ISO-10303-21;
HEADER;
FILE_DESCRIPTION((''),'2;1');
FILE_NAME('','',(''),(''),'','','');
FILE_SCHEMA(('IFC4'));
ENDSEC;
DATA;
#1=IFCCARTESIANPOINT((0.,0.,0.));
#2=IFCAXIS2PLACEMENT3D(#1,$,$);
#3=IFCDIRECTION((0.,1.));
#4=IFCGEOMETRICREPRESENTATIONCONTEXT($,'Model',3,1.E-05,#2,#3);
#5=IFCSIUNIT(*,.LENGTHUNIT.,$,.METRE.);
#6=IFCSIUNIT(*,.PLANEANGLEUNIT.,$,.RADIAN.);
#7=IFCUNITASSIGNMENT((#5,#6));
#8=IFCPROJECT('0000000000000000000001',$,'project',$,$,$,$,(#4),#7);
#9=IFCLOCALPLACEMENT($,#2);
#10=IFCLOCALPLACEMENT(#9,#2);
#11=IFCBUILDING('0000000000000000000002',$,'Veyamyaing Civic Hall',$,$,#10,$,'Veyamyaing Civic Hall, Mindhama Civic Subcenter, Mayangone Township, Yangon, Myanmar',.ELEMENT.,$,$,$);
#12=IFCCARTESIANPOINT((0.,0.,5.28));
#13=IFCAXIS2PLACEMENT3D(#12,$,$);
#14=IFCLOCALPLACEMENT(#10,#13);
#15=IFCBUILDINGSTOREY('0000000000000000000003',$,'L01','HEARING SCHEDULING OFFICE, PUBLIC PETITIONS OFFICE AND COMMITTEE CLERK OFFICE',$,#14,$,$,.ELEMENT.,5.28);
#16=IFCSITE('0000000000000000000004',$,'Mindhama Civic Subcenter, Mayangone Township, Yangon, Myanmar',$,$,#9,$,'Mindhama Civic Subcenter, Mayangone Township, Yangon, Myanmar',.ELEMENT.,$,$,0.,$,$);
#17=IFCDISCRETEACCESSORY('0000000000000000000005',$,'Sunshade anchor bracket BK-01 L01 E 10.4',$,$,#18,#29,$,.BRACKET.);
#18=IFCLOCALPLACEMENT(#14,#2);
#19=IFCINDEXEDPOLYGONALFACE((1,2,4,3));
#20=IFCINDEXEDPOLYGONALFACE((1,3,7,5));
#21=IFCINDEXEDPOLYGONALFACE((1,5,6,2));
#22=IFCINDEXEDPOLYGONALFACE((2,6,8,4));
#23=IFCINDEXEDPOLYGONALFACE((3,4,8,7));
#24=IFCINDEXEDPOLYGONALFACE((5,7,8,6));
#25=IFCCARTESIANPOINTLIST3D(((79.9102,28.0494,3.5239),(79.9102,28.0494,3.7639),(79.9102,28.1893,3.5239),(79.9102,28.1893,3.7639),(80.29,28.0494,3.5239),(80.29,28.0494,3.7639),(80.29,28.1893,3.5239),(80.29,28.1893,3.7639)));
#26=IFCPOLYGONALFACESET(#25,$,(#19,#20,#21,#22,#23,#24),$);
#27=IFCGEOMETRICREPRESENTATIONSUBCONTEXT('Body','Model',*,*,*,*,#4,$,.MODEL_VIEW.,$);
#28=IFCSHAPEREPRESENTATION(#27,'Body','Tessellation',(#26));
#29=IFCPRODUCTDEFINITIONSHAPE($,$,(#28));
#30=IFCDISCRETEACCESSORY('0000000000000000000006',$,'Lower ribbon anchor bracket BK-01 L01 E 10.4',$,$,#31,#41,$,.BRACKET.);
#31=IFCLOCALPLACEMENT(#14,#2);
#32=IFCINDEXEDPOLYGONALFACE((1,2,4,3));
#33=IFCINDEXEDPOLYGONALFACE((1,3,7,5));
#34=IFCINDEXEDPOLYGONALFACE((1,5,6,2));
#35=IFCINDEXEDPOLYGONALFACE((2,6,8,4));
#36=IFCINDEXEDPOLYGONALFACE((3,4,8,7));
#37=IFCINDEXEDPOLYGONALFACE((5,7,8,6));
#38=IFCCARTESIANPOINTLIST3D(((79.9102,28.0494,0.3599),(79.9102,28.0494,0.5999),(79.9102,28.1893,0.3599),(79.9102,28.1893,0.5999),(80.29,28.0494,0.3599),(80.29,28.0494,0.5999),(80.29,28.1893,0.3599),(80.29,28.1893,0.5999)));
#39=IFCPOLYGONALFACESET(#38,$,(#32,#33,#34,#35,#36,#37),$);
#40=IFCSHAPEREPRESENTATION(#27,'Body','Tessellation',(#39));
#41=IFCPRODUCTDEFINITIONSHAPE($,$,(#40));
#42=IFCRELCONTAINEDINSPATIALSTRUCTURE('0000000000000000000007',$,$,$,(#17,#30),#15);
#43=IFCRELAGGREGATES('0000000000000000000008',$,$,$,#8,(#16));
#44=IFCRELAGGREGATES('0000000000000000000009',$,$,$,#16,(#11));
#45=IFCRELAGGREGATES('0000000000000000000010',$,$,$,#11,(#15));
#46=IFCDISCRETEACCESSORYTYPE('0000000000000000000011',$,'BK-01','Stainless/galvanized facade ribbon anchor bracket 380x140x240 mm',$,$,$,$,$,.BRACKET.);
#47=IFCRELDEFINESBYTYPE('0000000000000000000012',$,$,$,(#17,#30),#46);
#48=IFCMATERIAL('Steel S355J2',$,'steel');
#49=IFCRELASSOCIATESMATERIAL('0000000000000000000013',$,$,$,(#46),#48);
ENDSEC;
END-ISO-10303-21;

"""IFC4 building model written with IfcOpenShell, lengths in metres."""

from ifc_helpers import new_model, si_unit, direction, frame, origin, origin_2d, place, context, subcontext, project, spatial, rectangle, extrude, material, type_object, element, save


model = new_model("IFC4")

# Units and contexts
model_context = context("Model", 3, precision=1e-05, world=origin(), true_north=direction((0.0, 1.0)))
body_context = subcontext(model_context, "Body", "Model", "MODEL_VIEW")
ifc_project = project(units=[si_unit("LENGTHUNIT", "METRE"), si_unit("PLANEANGLEUNIT", "RADIAN")], contexts=[model_context])

# Site, building, storey
site_placement = place(None, origin())
site = spatial("IfcSite", under=ifc_project, at=site_placement, Name="Mindhama Civic Subcenter, Mayangone Township, Yangon, Myanmar", LongName="Mindhama Civic Subcenter, Mayangone Township, Yangon, Myanmar", CompositionType="ELEMENT", RefElevation=0.0)
building_placement = place(site_placement, origin())
building = spatial("IfcBuilding", under=site, at=building_placement, Name="Veyamyaing Civic Hall", LongName="Veyamyaing Civic Hall, Mindhama Civic Subcenter, Mayangone Township, Yangon, Myanmar", CompositionType="ELEMENT")
storey_placement = place(building_placement, frame((0.0, 0.0, 5.28)))
storey = spatial("IfcBuildingStorey", under=building, at=storey_placement, Name="L01", Description="HEARING SCHEDULING OFFICE, PUBLIC PETITIONS OFFICE AND COMMITTEE CLERK OFFICE", CompositionType="ELEMENT", Elevation=5.28)

# Shared definitions
ifc_material_1 = material(Name="Steel S355J2", Category="steel")

# Discrete accessories
discrete_accessory_type = type_object("IfcDiscreteAccessoryType", Name="BK-01", Description="Stainless/galvanized facade ribbon anchor bracket 380x140x240 mm", PredefinedType="BRACKET", material=ifc_material_1)
for number, where, z_axis, x_axis, name in (
    (1, (80.1001, 28.1194, 3.5239), (0.0, 0.0, 1.0), (1.0, 0.0, 0.0), "Sunshade anchor bracket BK-01 L01 E 10.4"),
    (2, (80.1001, 28.1194, 0.3599), (0.0, 0.0, 1.0), (1.0, 0.0, 0.0), "Lower ribbon anchor bracket BK-01 L01 E 10.4"),
):
    element("IfcDiscreteAccessory", number, at=place(storey_placement, frame(where, z_axis=z_axis, x_axis=x_axis)), inside=storey, type_object=discrete_accessory_type, Name=name, PredefinedType="BRACKET", context=body_context, shape_type="SweptSolid", body=[
        extrude(rectangle(XDim=0.3799, YDim=0.1399, at=origin_2d()), origin(), (0.0, 0.0, 1.0), 0.24),
    ])

save(model, "model.ifc")
